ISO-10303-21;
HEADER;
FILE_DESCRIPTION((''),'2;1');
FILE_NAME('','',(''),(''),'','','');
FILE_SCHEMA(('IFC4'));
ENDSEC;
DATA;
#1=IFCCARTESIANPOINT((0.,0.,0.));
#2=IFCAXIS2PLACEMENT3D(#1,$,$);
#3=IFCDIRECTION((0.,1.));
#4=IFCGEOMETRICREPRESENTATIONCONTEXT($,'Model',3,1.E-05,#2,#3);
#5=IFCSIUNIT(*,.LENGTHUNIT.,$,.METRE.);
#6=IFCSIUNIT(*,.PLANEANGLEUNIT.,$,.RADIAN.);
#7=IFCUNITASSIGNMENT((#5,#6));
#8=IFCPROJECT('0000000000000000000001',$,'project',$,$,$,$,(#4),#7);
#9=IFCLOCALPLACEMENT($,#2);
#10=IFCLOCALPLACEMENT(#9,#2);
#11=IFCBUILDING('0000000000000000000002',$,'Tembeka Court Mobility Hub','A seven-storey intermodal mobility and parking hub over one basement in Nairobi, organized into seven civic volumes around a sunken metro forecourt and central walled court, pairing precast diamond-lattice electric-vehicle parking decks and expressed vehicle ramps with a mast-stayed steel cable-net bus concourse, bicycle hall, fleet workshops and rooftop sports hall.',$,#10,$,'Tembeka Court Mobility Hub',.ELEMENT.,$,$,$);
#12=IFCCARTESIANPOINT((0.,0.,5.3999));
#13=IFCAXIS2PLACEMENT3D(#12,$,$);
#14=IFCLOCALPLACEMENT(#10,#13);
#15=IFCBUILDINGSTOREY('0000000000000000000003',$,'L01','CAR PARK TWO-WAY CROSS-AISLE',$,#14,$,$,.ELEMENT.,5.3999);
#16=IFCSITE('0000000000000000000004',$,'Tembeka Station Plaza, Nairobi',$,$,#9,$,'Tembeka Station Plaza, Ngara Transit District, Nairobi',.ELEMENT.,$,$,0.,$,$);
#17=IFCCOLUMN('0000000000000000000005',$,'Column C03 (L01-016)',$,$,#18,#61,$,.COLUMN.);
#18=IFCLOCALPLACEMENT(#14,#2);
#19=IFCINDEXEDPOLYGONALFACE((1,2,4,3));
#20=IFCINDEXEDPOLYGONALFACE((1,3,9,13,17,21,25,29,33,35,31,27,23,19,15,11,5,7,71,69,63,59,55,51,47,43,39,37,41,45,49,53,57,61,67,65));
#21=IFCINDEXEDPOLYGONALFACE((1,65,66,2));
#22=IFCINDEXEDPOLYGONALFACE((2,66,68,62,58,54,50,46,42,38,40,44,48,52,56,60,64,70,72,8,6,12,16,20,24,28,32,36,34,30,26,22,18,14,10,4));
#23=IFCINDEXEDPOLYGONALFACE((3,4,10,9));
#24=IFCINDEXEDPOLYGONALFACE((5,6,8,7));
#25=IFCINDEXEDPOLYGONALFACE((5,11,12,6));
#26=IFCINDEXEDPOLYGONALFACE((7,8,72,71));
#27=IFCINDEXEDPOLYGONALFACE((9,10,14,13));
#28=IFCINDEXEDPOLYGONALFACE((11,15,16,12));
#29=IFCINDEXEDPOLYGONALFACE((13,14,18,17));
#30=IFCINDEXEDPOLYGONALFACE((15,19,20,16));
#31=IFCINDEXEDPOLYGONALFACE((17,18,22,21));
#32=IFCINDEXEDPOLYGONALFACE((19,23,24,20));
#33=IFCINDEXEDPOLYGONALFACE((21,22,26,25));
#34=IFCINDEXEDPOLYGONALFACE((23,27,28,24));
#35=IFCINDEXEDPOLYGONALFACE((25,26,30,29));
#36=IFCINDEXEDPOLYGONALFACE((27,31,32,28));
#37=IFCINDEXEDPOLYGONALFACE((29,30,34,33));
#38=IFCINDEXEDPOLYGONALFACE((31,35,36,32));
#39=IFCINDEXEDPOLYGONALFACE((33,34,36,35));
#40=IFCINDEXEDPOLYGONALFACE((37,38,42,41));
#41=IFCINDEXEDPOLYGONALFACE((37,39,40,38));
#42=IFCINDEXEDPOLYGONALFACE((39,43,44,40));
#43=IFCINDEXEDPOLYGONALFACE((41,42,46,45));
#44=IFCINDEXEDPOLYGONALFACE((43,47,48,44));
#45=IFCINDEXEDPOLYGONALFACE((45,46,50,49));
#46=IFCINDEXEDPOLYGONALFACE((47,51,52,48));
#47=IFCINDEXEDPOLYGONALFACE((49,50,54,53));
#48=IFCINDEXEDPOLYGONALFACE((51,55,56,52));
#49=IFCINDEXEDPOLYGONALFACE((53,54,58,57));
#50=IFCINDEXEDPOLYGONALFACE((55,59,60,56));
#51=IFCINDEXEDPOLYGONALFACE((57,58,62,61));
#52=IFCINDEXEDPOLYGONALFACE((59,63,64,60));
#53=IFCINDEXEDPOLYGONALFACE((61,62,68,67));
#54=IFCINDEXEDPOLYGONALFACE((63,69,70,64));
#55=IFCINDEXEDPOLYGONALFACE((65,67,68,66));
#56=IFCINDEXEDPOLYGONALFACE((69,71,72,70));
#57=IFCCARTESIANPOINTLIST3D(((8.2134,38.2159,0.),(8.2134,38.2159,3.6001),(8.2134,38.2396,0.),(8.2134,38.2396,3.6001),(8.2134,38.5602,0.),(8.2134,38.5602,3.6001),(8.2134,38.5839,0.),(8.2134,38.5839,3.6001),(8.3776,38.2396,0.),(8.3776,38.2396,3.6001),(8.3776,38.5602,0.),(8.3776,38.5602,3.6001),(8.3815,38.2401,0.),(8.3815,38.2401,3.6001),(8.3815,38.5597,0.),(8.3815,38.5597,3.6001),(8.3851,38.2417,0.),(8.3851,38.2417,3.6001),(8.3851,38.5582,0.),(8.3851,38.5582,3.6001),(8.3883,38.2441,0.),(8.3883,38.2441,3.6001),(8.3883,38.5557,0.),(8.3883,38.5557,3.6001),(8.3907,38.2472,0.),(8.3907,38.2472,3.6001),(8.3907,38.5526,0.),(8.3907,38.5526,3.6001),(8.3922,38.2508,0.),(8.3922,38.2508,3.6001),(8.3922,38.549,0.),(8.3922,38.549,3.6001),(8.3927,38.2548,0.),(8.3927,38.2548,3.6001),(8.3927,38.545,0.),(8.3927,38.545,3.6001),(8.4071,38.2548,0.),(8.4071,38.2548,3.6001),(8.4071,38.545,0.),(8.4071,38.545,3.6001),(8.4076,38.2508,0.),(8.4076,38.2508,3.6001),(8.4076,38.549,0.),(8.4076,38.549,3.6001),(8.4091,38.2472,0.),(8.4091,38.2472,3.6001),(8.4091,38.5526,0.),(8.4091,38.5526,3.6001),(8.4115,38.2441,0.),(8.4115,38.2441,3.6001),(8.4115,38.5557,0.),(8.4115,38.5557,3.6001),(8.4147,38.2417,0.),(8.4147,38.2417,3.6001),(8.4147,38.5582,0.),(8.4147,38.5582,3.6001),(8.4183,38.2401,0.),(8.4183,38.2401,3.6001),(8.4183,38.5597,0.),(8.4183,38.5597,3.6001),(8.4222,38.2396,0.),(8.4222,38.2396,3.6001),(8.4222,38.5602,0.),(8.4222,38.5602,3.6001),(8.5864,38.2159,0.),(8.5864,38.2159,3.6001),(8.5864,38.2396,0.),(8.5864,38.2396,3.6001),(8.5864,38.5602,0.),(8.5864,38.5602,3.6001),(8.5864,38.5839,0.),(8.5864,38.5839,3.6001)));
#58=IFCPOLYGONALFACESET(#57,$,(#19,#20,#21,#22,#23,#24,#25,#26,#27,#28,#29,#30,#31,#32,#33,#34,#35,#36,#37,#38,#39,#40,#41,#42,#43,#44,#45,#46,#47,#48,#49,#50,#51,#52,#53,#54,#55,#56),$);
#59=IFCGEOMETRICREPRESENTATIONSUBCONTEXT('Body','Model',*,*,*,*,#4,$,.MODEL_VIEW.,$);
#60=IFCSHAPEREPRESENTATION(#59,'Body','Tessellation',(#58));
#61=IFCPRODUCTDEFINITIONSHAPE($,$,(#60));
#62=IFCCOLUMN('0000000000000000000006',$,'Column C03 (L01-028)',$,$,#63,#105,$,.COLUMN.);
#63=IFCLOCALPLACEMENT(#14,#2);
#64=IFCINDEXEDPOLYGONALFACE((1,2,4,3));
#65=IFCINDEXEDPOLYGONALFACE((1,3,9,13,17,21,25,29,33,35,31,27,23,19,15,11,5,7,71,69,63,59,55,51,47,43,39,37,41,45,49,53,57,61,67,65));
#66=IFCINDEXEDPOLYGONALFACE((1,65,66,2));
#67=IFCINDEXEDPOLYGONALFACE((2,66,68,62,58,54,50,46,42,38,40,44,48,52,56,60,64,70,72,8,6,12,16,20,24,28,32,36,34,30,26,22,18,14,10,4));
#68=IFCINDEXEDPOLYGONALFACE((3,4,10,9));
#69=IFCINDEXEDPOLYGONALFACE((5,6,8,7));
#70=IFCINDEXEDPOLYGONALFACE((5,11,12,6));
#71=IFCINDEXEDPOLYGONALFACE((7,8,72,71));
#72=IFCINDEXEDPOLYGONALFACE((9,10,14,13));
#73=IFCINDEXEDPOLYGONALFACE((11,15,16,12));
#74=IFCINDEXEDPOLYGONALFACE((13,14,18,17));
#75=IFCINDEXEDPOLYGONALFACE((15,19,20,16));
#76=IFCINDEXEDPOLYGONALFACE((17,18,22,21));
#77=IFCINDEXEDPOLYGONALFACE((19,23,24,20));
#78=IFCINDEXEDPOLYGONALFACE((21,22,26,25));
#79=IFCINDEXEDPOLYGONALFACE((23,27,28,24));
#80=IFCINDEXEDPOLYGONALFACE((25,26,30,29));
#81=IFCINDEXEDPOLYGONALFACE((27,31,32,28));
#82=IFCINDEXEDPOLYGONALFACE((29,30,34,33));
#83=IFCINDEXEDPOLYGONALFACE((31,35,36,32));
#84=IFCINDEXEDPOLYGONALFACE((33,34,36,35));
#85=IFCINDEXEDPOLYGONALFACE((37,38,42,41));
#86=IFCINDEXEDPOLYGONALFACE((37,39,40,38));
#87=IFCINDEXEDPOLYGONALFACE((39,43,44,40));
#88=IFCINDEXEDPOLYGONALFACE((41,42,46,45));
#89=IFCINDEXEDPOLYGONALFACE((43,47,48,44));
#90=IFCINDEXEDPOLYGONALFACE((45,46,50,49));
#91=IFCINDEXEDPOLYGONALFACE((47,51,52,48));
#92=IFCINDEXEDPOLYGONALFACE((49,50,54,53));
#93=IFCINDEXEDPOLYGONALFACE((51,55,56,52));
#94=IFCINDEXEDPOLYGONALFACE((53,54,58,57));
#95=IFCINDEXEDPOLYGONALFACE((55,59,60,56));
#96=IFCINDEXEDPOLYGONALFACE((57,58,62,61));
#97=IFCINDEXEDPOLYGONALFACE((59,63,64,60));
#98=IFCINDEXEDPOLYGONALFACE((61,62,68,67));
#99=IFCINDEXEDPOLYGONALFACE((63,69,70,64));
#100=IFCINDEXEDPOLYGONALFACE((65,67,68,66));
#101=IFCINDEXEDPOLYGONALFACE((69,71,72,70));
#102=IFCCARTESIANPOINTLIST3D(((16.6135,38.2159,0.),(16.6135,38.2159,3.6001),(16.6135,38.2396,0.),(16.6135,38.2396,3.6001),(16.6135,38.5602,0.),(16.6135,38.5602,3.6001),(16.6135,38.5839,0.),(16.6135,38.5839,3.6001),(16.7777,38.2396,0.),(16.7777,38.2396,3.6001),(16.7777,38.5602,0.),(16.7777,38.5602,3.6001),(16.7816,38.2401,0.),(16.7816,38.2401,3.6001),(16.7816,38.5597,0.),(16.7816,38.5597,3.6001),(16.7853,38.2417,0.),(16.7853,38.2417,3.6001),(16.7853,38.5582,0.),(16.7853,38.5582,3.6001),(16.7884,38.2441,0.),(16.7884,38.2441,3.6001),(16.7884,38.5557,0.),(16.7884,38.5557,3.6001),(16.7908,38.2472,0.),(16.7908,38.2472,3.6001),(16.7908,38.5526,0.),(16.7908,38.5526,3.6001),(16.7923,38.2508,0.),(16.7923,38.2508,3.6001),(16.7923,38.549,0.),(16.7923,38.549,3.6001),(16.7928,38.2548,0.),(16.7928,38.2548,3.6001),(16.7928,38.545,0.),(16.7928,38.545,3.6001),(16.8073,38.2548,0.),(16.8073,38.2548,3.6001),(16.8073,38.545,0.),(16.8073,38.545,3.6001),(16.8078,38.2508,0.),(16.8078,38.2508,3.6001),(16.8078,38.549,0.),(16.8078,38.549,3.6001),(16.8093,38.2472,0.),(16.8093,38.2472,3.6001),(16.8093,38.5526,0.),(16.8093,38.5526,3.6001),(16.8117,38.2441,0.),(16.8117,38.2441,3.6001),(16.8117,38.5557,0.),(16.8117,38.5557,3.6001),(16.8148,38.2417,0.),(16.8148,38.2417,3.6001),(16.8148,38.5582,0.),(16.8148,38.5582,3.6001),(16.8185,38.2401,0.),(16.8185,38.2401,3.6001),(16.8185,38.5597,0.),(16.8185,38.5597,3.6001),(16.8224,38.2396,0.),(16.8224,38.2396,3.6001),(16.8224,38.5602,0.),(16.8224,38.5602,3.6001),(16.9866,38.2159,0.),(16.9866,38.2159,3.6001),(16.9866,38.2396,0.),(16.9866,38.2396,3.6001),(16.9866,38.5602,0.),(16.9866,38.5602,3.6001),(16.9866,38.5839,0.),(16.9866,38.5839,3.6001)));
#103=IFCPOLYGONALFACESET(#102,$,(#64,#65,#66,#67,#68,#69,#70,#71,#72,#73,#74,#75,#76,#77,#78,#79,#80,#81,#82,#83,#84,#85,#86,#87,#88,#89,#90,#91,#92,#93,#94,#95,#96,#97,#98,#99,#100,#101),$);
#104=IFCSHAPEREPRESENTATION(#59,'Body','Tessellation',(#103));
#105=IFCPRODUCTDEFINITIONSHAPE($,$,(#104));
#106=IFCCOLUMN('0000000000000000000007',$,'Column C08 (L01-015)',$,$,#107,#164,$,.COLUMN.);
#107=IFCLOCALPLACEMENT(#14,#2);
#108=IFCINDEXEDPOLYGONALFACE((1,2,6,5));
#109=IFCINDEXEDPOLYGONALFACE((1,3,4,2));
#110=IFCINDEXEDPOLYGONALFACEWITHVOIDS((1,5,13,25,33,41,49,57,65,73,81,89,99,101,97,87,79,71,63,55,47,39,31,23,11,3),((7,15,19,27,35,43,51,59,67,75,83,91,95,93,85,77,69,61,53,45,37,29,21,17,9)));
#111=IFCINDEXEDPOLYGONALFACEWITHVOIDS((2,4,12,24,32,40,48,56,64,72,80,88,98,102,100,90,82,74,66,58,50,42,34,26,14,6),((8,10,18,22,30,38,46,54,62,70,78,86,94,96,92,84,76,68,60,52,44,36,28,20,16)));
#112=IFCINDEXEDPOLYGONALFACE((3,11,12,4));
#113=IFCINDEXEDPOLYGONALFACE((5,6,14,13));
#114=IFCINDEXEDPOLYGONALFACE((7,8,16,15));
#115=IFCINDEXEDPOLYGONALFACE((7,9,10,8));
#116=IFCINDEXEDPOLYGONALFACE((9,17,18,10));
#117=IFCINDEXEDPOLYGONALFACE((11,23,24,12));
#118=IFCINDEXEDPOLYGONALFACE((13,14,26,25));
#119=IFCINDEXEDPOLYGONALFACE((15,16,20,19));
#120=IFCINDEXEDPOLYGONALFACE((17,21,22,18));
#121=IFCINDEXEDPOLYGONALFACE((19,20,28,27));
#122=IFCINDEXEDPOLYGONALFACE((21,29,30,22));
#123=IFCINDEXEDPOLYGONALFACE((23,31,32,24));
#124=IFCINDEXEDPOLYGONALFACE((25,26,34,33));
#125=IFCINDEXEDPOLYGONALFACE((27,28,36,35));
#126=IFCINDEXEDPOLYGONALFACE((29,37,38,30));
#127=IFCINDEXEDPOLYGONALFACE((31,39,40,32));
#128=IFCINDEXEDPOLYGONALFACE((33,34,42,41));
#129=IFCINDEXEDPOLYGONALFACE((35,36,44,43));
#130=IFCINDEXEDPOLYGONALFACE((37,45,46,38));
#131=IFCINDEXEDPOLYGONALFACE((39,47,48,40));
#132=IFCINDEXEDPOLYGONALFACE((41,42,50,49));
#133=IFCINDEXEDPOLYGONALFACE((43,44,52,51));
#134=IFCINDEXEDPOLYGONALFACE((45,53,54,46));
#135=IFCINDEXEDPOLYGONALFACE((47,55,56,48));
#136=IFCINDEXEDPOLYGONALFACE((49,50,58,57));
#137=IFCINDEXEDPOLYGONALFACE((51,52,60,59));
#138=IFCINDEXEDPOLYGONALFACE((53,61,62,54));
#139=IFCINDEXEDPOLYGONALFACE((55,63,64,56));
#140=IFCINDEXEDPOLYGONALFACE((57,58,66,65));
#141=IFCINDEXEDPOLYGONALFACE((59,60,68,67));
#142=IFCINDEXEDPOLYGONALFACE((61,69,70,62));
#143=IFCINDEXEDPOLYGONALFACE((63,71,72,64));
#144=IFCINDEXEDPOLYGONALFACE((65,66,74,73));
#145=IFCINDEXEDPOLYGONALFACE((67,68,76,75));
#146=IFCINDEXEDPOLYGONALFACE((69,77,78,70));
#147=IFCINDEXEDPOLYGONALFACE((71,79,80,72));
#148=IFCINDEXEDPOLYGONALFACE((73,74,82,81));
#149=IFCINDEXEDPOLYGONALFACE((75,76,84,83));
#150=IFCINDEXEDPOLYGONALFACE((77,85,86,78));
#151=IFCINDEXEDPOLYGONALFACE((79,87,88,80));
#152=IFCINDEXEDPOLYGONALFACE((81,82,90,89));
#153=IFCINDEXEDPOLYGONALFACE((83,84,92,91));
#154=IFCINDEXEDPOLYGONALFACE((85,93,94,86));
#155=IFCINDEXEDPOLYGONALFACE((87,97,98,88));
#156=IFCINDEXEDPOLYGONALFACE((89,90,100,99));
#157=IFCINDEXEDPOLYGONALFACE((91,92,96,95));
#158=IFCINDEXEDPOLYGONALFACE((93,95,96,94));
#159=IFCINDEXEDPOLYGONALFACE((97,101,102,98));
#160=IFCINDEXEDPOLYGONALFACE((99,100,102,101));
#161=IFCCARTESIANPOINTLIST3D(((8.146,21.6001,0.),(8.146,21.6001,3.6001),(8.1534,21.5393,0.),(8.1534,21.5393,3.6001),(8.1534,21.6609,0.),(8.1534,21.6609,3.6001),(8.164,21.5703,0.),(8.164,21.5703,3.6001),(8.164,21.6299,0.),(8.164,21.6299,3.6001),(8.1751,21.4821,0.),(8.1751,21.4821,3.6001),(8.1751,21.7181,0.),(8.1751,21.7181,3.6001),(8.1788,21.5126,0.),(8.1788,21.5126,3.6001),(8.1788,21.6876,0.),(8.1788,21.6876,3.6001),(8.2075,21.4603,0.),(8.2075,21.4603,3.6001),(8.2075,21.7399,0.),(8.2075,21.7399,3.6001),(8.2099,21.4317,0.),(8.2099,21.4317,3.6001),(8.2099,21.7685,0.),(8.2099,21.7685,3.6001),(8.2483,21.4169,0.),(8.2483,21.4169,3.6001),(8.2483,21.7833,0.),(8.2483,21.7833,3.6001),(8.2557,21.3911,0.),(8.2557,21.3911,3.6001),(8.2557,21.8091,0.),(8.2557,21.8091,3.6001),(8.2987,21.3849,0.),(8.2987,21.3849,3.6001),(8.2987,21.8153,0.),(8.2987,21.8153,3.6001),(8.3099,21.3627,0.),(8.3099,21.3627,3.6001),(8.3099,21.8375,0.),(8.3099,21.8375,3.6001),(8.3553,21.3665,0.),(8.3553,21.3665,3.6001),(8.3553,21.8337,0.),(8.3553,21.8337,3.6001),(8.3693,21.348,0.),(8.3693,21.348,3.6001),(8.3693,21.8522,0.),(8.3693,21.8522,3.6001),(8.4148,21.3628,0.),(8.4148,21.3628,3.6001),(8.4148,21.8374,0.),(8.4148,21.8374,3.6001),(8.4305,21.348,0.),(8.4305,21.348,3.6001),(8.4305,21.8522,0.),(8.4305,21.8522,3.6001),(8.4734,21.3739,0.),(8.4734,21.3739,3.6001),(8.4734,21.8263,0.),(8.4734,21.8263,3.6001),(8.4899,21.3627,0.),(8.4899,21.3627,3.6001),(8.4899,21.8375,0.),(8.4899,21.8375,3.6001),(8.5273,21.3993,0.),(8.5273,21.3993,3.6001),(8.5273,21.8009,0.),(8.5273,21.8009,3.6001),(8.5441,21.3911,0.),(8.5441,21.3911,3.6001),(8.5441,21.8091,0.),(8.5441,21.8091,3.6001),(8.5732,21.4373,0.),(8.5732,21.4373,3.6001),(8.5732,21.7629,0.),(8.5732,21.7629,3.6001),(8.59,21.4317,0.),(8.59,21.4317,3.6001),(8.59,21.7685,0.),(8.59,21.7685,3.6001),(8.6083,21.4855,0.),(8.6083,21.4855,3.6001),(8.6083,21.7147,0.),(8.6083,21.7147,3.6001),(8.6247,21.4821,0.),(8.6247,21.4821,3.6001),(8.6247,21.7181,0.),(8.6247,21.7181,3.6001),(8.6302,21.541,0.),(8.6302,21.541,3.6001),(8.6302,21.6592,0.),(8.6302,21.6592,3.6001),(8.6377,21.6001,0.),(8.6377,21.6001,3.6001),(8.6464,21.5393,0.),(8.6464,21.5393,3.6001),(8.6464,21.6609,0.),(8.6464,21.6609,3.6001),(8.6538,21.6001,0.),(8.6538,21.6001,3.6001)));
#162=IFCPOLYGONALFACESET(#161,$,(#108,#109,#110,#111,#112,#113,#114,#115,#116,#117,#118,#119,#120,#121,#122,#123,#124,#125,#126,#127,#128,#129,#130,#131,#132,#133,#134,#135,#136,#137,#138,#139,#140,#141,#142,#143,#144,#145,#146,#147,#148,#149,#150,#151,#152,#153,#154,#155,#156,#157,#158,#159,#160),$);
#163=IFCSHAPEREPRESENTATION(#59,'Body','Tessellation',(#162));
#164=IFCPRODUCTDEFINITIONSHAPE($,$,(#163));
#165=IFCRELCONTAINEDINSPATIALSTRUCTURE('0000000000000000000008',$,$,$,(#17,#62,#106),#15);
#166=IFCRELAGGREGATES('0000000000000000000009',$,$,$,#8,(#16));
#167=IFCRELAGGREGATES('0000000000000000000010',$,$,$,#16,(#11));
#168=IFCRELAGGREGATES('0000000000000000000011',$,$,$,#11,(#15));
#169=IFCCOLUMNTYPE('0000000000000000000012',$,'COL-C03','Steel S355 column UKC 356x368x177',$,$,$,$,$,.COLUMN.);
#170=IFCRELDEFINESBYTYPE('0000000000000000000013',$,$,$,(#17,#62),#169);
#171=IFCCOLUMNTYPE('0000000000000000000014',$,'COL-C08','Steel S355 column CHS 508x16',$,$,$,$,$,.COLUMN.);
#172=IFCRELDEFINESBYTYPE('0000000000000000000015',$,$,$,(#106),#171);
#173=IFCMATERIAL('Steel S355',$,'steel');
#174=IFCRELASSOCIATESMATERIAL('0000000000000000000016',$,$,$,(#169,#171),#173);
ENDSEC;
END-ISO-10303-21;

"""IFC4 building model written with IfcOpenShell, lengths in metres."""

from ifc_helpers import new_model, si_unit, direction, frame, origin, origin_2d, place, context, subcontext, project, spatial, hollow_circle, i_section, extrude, material, material_profile, profile_set, type_object, element, save


model = new_model("IFC4")

# Units and contexts
model_context = context("Model", 3, precision=1e-05, world=origin(), true_north=direction((0.0, 1.0)))
body_context = subcontext(model_context, "Body", "Model", "MODEL_VIEW")
ifc_project = project(units=[si_unit("LENGTHUNIT", "METRE"), si_unit("PLANEANGLEUNIT", "RADIAN")], contexts=[model_context])

# Site, building, storey
site_placement = place(None, origin())
site = spatial("IfcSite", under=ifc_project, at=site_placement, Name="Tembeka Station Plaza, Nairobi", LongName="Tembeka Station Plaza, Ngara Transit District, Nairobi", CompositionType="ELEMENT", RefElevation=0.0)
building_placement = place(site_placement, origin())
building = spatial("IfcBuilding", under=site, at=building_placement, Name="Tembeka Court Mobility Hub", Description="A seven-storey intermodal mobility and parking hub over one basement in Nairobi, organized into seven civic volumes around a sunken metro forecourt and central walled court, pairing precast diamond-lattice electric-vehicle parking decks and expressed vehicle ramps with a mast-stayed steel cable-net bus concourse, bicycle hall, fleet workshops and rooftop sports hall.", LongName="Tembeka Court Mobility Hub", CompositionType="ELEMENT")
storey_placement = place(building_placement, frame((0.0, 0.0, 5.3999)))
storey = spatial("IfcBuildingStorey", under=building, at=storey_placement, Name="L01", Description="CAR PARK TWO-WAY CROSS-AISLE", CompositionType="ELEMENT", Elevation=5.3999)

# Columns
ifc_material_1 = material(Name="Steel S355", Category="steel")
ifc_material_profile_1 = material_profile(ifc_material_1, i_section(OverallWidth=0.373, OverallDepth=0.3679, WebThickness=0.0144, FlangeThickness=0.0237, FilletRadius=0.0151, at=origin_2d()), Name="UKC 356x368x177")
ifc_profile_set_1 = profile_set([ifc_material_profile_1], Name="Steel S355")
column_type_1 = type_object("IfcColumnType", Name="COL-C03", Description="Steel S355 column UKC 356x368x177", PredefinedType="COLUMN", material=ifc_profile_set_1)
for number, where, z_axis, x_axis, name in (
    (1, (8.3999, 38.3999, 0.0), (0.0, 0.0, 1.0), (1.0, 0.0, 0.0), "Column C03 (L01-016)"),
    (2, (16.8, 38.3999, 0.0), (0.0, 0.0, 1.0), (1.0, 0.0, 0.0), "Column C03 (L01-028)"),
):
    element("IfcColumn", number, at=place(storey_placement, frame(where, z_axis=z_axis, x_axis=x_axis)), inside=storey, type_object=column_type_1, Name=name, PredefinedType="COLUMN", context=body_context, shape_type="SweptSolid", body=[
        extrude(i_section(OverallWidth=0.373, OverallDepth=0.3679, WebThickness=0.0144, FlangeThickness=0.0237, FilletRadius=0.0151, at=origin_2d()), origin(), (0.0, 0.0, 1.0), 3.6001),
    ])
ifc_material_profile_2 = material_profile(ifc_material_1, hollow_circle(Radius=0.2539, WallThickness=0.0161, at=origin_2d()), Name="CHS 508x16")
ifc_profile_set_2 = profile_set([ifc_material_profile_2], Name="Steel S355")
column_type_2 = type_object("IfcColumnType", Name="COL-C08", Description="Steel S355 column CHS 508x16", PredefinedType="COLUMN", material=ifc_profile_set_2)
for number, where, z_axis, x_axis, name in (
    (3, (8.3999, 21.6001, 0.0), (0.0, 0.0, 1.0), (1.0, 0.0, 0.0), "Column C08 (L01-015)"),
):
    element("IfcColumn", number, at=place(storey_placement, frame(where, z_axis=z_axis, x_axis=x_axis)), inside=storey, type_object=column_type_2, Name=name, PredefinedType="COLUMN", context=body_context, shape_type="SweptSolid", body=[
        extrude(hollow_circle(Radius=0.2539, WallThickness=0.0161, at=origin_2d()), origin(), (0.0, 0.0, 1.0), 3.6001),
    ])

save(model, "model.ifc")
